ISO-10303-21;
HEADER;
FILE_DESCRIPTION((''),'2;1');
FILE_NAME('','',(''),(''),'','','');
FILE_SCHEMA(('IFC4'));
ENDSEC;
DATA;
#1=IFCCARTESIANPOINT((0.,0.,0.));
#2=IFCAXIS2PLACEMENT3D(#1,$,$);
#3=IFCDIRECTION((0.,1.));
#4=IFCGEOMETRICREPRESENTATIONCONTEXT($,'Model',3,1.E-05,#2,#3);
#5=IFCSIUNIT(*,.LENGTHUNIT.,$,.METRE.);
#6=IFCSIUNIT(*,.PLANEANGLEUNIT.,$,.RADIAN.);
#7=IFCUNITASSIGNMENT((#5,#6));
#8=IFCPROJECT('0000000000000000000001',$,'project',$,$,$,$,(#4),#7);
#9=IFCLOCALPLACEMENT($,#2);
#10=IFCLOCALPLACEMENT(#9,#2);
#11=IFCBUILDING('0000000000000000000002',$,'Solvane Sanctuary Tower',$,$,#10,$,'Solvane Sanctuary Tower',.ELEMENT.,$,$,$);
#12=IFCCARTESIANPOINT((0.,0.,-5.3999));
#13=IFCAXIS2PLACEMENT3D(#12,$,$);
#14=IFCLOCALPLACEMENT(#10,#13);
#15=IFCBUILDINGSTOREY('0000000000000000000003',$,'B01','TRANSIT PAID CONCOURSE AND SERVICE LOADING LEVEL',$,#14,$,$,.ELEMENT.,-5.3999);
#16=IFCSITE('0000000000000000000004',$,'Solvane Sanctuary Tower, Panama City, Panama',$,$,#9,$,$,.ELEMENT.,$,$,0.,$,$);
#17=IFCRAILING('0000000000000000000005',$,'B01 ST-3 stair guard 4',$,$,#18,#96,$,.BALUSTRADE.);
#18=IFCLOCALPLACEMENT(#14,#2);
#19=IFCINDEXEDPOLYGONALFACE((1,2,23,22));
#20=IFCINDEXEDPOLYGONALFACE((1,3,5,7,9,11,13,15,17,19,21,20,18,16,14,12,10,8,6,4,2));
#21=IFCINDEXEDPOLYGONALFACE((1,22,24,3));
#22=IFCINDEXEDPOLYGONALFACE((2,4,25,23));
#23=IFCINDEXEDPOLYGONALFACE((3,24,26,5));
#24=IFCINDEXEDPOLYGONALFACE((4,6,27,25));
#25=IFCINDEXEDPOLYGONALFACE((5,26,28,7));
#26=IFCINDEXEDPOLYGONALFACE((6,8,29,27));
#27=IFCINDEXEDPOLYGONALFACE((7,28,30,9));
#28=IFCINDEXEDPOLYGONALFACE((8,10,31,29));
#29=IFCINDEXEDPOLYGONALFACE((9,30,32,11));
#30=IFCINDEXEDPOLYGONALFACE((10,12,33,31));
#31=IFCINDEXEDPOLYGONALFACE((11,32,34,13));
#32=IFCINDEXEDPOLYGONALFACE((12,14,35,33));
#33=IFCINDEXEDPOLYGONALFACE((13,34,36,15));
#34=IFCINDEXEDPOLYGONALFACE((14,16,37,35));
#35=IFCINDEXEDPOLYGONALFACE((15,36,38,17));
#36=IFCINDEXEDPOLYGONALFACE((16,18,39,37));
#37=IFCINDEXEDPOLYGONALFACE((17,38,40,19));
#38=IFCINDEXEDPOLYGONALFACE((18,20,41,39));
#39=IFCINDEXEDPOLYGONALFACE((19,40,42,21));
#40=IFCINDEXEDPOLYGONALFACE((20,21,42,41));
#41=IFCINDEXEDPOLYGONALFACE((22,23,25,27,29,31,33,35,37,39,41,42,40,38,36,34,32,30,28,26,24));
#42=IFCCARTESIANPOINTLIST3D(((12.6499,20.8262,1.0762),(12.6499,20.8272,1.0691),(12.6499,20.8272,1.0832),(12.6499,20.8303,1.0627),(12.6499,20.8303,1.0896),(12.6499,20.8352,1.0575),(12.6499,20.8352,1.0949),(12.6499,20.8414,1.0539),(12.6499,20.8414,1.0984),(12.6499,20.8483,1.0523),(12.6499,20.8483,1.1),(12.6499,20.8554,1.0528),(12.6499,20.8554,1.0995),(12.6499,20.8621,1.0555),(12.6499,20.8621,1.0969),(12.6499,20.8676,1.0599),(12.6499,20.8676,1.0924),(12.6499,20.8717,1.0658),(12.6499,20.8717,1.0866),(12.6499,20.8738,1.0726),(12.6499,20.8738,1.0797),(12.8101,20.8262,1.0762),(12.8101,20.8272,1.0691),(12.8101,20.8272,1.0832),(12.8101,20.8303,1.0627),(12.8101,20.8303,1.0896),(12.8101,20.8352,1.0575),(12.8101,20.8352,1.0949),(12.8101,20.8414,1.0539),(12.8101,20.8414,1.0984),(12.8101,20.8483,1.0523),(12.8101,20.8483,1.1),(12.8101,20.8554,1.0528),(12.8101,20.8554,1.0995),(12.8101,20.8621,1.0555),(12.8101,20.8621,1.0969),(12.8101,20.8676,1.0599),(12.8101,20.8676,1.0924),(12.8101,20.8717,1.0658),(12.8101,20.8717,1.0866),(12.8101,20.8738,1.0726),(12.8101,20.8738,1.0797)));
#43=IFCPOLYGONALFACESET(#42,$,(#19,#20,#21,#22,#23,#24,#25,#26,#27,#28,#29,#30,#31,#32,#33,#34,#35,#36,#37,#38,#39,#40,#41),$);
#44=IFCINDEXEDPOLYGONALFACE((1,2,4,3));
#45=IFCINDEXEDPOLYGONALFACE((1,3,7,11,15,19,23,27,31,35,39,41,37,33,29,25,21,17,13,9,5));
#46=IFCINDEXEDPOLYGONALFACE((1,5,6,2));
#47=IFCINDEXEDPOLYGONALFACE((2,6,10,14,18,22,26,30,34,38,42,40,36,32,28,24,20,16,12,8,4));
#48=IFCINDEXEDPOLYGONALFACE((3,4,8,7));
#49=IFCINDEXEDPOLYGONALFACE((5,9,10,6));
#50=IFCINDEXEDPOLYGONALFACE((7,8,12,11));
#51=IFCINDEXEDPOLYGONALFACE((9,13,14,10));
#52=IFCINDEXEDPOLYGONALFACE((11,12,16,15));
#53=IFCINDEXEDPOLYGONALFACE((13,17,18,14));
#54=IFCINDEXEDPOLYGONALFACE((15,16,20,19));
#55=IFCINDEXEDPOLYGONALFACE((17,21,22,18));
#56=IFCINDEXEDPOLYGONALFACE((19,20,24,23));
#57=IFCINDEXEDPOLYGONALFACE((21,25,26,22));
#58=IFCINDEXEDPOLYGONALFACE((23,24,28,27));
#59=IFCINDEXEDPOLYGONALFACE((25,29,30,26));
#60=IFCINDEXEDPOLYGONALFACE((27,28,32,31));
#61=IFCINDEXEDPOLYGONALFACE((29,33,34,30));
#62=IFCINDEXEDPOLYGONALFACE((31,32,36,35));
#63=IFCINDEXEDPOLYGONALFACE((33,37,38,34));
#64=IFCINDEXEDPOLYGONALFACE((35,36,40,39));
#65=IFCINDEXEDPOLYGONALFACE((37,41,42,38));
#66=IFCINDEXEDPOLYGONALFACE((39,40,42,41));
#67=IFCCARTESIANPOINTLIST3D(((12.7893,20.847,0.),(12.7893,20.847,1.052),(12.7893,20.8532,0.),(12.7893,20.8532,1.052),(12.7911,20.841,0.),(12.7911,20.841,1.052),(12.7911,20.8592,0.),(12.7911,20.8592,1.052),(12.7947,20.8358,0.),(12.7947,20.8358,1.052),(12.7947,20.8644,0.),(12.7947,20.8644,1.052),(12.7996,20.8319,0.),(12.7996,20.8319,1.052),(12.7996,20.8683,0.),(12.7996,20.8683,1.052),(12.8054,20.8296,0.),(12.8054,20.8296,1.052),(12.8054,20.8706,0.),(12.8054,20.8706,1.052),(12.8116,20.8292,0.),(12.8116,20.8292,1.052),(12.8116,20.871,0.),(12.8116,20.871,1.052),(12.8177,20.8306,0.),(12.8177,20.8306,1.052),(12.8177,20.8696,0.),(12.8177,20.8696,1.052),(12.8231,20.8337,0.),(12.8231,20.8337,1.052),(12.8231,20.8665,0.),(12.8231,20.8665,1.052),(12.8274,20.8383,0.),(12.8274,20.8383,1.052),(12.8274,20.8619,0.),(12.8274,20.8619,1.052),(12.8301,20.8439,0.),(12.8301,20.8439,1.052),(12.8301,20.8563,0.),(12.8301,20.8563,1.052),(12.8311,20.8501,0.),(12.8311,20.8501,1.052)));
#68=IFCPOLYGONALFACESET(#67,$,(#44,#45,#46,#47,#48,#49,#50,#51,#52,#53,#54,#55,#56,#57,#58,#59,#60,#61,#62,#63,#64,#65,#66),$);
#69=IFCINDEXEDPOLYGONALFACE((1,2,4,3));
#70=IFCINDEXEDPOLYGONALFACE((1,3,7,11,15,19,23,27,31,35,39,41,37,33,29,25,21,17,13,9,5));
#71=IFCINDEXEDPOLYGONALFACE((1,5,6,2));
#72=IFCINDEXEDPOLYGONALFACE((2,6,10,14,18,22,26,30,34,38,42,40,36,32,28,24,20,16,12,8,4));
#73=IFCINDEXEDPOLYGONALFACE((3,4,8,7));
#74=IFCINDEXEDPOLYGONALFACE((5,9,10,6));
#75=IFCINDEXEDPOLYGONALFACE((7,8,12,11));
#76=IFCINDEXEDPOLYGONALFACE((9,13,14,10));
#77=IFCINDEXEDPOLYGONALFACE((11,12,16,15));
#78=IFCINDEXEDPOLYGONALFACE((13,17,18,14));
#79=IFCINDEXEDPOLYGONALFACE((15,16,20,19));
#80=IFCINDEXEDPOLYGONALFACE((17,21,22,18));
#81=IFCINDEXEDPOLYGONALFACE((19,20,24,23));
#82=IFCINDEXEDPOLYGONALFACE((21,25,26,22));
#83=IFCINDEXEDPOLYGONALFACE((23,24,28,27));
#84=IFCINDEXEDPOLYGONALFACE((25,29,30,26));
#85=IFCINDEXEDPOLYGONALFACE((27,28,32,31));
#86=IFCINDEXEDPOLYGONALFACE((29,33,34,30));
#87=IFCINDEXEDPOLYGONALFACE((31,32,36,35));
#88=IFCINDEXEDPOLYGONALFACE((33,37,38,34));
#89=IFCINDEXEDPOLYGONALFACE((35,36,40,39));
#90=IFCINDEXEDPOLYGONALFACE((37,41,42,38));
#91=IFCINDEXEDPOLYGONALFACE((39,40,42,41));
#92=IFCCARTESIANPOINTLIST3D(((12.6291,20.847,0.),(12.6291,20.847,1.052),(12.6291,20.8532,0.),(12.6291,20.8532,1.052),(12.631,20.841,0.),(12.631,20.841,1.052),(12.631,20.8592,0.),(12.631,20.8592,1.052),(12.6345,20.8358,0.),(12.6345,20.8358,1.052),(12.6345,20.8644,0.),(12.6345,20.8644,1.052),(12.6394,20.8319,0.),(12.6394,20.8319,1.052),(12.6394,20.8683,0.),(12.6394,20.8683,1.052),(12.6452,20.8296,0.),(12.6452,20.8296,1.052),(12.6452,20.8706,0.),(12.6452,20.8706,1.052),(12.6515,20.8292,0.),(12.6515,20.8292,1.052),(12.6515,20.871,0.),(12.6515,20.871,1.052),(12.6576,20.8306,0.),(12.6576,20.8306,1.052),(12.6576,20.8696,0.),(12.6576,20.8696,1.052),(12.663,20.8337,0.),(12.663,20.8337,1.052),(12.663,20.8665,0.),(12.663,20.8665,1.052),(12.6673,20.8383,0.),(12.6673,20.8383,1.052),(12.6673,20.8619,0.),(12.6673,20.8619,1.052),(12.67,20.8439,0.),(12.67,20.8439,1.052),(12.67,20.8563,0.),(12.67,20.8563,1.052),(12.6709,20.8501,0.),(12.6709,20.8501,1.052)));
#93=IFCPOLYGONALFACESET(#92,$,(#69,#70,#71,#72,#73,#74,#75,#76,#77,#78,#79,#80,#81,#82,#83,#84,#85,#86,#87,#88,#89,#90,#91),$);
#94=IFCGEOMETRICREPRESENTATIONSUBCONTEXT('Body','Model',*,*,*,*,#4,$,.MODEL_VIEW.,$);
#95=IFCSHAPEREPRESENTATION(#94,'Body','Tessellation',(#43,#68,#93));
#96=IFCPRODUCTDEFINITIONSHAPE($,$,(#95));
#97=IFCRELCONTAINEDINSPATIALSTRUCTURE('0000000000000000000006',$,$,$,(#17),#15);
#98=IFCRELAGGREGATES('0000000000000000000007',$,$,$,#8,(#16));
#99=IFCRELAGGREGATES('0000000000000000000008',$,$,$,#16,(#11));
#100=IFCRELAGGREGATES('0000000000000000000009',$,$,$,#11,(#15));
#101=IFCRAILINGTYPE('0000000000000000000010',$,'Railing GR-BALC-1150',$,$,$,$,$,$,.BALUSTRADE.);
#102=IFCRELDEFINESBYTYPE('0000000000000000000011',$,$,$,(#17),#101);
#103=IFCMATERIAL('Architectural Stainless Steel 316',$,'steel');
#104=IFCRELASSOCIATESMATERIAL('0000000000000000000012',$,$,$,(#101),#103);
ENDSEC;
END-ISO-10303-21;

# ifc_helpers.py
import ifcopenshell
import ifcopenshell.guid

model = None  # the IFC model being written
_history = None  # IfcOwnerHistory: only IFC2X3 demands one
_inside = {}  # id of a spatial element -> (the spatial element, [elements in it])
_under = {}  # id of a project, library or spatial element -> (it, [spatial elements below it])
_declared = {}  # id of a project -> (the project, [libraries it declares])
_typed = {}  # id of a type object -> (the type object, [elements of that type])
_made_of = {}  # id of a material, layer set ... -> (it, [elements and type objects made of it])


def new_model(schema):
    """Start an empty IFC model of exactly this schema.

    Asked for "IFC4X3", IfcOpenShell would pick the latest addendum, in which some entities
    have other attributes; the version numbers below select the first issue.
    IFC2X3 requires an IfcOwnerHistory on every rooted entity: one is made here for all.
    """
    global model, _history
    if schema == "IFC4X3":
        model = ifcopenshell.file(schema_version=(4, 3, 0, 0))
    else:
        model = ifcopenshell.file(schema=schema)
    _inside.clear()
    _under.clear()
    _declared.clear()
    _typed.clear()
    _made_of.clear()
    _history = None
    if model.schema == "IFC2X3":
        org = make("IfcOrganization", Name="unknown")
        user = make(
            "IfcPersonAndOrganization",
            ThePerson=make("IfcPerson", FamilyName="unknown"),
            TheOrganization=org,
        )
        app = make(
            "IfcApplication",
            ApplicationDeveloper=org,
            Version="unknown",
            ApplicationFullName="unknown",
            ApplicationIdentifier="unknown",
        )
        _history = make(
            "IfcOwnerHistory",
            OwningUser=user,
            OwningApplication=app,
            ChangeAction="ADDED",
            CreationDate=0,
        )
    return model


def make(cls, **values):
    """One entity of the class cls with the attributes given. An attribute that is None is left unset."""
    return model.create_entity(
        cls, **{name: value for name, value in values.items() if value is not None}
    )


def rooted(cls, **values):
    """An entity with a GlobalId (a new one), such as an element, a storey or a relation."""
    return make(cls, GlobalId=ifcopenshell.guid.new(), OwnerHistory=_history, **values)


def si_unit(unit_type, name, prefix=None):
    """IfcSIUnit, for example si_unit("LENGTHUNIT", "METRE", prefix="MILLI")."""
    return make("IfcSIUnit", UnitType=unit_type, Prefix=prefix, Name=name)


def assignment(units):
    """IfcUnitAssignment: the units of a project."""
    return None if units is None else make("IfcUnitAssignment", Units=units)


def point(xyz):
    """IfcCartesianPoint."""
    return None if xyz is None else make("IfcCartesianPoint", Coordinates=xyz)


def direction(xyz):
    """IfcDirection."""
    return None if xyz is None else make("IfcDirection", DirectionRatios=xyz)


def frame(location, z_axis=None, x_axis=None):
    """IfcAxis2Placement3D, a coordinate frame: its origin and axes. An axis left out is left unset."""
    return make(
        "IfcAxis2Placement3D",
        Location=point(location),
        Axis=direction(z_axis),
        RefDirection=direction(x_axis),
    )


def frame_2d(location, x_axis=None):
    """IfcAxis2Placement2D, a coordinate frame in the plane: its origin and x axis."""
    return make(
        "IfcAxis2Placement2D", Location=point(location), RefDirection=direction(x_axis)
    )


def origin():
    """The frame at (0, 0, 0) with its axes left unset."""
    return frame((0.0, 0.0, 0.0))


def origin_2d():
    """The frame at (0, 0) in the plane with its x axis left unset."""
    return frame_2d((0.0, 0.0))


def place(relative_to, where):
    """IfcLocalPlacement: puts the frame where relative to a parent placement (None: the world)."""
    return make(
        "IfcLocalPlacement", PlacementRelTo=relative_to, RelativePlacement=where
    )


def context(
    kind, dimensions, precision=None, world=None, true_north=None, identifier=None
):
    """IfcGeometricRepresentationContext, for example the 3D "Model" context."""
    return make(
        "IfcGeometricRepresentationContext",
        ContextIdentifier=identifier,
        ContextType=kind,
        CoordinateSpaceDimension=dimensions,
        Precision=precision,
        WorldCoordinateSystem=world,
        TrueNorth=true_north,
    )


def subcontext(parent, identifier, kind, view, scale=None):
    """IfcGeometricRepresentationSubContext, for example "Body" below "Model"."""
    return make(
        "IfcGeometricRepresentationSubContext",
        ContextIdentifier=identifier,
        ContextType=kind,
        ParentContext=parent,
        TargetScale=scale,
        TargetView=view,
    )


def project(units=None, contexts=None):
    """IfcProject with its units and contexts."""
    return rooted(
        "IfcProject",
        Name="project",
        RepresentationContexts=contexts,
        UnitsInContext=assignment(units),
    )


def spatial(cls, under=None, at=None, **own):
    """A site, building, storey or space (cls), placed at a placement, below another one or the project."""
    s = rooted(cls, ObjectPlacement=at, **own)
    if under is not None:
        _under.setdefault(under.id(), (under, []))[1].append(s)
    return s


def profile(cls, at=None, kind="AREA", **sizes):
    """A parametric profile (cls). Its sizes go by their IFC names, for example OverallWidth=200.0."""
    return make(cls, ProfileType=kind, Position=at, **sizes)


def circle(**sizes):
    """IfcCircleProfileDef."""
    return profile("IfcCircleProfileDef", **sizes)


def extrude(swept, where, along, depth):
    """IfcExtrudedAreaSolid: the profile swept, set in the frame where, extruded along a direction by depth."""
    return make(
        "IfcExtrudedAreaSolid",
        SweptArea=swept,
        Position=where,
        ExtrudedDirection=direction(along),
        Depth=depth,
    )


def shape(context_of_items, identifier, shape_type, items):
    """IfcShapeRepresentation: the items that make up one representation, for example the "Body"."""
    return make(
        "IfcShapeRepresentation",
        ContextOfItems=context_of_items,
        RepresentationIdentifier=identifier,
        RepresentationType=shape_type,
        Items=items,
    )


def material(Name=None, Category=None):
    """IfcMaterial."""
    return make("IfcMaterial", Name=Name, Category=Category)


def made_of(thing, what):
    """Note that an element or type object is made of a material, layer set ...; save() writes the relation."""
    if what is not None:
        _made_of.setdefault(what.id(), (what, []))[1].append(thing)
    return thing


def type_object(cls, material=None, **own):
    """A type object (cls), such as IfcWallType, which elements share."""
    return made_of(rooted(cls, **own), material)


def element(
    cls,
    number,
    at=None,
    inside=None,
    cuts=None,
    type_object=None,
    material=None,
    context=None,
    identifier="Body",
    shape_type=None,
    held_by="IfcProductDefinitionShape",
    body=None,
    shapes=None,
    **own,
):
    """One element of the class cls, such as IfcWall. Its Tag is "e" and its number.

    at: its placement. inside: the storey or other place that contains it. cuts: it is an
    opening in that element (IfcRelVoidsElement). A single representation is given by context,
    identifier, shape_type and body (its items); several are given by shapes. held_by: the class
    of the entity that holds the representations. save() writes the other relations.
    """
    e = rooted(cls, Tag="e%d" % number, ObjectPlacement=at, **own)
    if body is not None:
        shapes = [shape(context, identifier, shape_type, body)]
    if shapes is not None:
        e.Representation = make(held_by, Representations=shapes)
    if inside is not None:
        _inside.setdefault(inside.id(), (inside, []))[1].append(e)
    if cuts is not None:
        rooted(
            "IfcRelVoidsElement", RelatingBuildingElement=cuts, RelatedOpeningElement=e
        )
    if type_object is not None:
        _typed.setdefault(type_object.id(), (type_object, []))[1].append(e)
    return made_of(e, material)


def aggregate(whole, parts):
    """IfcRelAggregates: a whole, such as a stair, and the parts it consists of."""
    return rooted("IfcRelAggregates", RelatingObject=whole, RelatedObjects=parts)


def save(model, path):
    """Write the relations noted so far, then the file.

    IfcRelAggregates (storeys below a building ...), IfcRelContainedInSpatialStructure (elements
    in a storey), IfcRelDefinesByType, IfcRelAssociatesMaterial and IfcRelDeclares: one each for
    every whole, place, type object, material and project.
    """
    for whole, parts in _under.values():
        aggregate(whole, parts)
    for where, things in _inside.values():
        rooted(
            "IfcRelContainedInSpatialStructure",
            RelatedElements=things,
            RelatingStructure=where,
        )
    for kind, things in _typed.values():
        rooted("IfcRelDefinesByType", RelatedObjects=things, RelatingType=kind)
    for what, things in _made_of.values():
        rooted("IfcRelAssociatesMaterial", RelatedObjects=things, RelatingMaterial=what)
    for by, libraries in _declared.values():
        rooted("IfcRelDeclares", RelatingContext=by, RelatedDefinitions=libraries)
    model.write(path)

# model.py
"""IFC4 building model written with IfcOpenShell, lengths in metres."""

from ifc_helpers import new_model, si_unit, direction, frame, origin, origin_2d, place, context, subcontext, project, spatial, circle, extrude, material, type_object, element, save


model = new_model("IFC4")

# Units and contexts
model_context = context("Model", 3, precision=1e-05, world=origin(), true_north=direction((0.0, 1.0)))
body_context = subcontext(model_context, "Body", "Model", "MODEL_VIEW")
ifc_project = project(units=[si_unit("LENGTHUNIT", "METRE"), si_unit("PLANEANGLEUNIT", "RADIAN")], contexts=[model_context])

# Site, building, storey
site_placement = place(None, origin())
site = spatial("IfcSite", under=ifc_project, at=site_placement, Name="Solvane Sanctuary Tower, Panama City, Panama", CompositionType="ELEMENT", RefElevation=0.0)
building_placement = place(site_placement, origin())
building = spatial("IfcBuilding", under=site, at=building_placement, Name="Solvane Sanctuary Tower", LongName="Solvane Sanctuary Tower", CompositionType="ELEMENT")
storey_placement = place(building_placement, frame((0.0, 0.0, -5.3999)))
storey = spatial("IfcBuildingStorey", under=building, at=storey_placement, Name="B01", Description="TRANSIT PAID CONCOURSE AND SERVICE LOADING LEVEL", CompositionType="ELEMENT", Elevation=-5.3999)

# Shared definitions
ifc_material_1 = material(Name="Architectural Stainless Steel 316", Category="steel")

# Railing
railing_type_1 = type_object("IfcRailingType", Name="Railing GR-BALC-1150", PredefinedType="BALUSTRADE", material=ifc_material_1)
railing_1_placement = place(storey_placement, frame((12.8101, 20.8501, 0.0)))
element("IfcRailing", 1, at=railing_1_placement, inside=storey, type_object=railing_type_1, Name="B01 ST-3 stair guard 4", PredefinedType="BALUSTRADE", context=body_context, shape_type="SweptSolid", body=[
    extrude(circle(Radius=0.0239, at=origin_2d()), frame((0.0, 0.0, 1.0762), z_axis=(-1.0, 0.0, 0.0), x_axis=(0.0, -1.0, 0.0)), (0.0, 0.0, 1.0), 0.1602),
    extrude(circle(Radius=0.021, at=origin_2d()), origin(), (0.0, 0.0, 1.0), 1.052),
    extrude(circle(Radius=0.021, at=origin_2d()), frame((-0.1602, 0.0, 0.0)), (0.0, 0.0, 1.0), 1.052),
])

save(model, "model.ifc")
